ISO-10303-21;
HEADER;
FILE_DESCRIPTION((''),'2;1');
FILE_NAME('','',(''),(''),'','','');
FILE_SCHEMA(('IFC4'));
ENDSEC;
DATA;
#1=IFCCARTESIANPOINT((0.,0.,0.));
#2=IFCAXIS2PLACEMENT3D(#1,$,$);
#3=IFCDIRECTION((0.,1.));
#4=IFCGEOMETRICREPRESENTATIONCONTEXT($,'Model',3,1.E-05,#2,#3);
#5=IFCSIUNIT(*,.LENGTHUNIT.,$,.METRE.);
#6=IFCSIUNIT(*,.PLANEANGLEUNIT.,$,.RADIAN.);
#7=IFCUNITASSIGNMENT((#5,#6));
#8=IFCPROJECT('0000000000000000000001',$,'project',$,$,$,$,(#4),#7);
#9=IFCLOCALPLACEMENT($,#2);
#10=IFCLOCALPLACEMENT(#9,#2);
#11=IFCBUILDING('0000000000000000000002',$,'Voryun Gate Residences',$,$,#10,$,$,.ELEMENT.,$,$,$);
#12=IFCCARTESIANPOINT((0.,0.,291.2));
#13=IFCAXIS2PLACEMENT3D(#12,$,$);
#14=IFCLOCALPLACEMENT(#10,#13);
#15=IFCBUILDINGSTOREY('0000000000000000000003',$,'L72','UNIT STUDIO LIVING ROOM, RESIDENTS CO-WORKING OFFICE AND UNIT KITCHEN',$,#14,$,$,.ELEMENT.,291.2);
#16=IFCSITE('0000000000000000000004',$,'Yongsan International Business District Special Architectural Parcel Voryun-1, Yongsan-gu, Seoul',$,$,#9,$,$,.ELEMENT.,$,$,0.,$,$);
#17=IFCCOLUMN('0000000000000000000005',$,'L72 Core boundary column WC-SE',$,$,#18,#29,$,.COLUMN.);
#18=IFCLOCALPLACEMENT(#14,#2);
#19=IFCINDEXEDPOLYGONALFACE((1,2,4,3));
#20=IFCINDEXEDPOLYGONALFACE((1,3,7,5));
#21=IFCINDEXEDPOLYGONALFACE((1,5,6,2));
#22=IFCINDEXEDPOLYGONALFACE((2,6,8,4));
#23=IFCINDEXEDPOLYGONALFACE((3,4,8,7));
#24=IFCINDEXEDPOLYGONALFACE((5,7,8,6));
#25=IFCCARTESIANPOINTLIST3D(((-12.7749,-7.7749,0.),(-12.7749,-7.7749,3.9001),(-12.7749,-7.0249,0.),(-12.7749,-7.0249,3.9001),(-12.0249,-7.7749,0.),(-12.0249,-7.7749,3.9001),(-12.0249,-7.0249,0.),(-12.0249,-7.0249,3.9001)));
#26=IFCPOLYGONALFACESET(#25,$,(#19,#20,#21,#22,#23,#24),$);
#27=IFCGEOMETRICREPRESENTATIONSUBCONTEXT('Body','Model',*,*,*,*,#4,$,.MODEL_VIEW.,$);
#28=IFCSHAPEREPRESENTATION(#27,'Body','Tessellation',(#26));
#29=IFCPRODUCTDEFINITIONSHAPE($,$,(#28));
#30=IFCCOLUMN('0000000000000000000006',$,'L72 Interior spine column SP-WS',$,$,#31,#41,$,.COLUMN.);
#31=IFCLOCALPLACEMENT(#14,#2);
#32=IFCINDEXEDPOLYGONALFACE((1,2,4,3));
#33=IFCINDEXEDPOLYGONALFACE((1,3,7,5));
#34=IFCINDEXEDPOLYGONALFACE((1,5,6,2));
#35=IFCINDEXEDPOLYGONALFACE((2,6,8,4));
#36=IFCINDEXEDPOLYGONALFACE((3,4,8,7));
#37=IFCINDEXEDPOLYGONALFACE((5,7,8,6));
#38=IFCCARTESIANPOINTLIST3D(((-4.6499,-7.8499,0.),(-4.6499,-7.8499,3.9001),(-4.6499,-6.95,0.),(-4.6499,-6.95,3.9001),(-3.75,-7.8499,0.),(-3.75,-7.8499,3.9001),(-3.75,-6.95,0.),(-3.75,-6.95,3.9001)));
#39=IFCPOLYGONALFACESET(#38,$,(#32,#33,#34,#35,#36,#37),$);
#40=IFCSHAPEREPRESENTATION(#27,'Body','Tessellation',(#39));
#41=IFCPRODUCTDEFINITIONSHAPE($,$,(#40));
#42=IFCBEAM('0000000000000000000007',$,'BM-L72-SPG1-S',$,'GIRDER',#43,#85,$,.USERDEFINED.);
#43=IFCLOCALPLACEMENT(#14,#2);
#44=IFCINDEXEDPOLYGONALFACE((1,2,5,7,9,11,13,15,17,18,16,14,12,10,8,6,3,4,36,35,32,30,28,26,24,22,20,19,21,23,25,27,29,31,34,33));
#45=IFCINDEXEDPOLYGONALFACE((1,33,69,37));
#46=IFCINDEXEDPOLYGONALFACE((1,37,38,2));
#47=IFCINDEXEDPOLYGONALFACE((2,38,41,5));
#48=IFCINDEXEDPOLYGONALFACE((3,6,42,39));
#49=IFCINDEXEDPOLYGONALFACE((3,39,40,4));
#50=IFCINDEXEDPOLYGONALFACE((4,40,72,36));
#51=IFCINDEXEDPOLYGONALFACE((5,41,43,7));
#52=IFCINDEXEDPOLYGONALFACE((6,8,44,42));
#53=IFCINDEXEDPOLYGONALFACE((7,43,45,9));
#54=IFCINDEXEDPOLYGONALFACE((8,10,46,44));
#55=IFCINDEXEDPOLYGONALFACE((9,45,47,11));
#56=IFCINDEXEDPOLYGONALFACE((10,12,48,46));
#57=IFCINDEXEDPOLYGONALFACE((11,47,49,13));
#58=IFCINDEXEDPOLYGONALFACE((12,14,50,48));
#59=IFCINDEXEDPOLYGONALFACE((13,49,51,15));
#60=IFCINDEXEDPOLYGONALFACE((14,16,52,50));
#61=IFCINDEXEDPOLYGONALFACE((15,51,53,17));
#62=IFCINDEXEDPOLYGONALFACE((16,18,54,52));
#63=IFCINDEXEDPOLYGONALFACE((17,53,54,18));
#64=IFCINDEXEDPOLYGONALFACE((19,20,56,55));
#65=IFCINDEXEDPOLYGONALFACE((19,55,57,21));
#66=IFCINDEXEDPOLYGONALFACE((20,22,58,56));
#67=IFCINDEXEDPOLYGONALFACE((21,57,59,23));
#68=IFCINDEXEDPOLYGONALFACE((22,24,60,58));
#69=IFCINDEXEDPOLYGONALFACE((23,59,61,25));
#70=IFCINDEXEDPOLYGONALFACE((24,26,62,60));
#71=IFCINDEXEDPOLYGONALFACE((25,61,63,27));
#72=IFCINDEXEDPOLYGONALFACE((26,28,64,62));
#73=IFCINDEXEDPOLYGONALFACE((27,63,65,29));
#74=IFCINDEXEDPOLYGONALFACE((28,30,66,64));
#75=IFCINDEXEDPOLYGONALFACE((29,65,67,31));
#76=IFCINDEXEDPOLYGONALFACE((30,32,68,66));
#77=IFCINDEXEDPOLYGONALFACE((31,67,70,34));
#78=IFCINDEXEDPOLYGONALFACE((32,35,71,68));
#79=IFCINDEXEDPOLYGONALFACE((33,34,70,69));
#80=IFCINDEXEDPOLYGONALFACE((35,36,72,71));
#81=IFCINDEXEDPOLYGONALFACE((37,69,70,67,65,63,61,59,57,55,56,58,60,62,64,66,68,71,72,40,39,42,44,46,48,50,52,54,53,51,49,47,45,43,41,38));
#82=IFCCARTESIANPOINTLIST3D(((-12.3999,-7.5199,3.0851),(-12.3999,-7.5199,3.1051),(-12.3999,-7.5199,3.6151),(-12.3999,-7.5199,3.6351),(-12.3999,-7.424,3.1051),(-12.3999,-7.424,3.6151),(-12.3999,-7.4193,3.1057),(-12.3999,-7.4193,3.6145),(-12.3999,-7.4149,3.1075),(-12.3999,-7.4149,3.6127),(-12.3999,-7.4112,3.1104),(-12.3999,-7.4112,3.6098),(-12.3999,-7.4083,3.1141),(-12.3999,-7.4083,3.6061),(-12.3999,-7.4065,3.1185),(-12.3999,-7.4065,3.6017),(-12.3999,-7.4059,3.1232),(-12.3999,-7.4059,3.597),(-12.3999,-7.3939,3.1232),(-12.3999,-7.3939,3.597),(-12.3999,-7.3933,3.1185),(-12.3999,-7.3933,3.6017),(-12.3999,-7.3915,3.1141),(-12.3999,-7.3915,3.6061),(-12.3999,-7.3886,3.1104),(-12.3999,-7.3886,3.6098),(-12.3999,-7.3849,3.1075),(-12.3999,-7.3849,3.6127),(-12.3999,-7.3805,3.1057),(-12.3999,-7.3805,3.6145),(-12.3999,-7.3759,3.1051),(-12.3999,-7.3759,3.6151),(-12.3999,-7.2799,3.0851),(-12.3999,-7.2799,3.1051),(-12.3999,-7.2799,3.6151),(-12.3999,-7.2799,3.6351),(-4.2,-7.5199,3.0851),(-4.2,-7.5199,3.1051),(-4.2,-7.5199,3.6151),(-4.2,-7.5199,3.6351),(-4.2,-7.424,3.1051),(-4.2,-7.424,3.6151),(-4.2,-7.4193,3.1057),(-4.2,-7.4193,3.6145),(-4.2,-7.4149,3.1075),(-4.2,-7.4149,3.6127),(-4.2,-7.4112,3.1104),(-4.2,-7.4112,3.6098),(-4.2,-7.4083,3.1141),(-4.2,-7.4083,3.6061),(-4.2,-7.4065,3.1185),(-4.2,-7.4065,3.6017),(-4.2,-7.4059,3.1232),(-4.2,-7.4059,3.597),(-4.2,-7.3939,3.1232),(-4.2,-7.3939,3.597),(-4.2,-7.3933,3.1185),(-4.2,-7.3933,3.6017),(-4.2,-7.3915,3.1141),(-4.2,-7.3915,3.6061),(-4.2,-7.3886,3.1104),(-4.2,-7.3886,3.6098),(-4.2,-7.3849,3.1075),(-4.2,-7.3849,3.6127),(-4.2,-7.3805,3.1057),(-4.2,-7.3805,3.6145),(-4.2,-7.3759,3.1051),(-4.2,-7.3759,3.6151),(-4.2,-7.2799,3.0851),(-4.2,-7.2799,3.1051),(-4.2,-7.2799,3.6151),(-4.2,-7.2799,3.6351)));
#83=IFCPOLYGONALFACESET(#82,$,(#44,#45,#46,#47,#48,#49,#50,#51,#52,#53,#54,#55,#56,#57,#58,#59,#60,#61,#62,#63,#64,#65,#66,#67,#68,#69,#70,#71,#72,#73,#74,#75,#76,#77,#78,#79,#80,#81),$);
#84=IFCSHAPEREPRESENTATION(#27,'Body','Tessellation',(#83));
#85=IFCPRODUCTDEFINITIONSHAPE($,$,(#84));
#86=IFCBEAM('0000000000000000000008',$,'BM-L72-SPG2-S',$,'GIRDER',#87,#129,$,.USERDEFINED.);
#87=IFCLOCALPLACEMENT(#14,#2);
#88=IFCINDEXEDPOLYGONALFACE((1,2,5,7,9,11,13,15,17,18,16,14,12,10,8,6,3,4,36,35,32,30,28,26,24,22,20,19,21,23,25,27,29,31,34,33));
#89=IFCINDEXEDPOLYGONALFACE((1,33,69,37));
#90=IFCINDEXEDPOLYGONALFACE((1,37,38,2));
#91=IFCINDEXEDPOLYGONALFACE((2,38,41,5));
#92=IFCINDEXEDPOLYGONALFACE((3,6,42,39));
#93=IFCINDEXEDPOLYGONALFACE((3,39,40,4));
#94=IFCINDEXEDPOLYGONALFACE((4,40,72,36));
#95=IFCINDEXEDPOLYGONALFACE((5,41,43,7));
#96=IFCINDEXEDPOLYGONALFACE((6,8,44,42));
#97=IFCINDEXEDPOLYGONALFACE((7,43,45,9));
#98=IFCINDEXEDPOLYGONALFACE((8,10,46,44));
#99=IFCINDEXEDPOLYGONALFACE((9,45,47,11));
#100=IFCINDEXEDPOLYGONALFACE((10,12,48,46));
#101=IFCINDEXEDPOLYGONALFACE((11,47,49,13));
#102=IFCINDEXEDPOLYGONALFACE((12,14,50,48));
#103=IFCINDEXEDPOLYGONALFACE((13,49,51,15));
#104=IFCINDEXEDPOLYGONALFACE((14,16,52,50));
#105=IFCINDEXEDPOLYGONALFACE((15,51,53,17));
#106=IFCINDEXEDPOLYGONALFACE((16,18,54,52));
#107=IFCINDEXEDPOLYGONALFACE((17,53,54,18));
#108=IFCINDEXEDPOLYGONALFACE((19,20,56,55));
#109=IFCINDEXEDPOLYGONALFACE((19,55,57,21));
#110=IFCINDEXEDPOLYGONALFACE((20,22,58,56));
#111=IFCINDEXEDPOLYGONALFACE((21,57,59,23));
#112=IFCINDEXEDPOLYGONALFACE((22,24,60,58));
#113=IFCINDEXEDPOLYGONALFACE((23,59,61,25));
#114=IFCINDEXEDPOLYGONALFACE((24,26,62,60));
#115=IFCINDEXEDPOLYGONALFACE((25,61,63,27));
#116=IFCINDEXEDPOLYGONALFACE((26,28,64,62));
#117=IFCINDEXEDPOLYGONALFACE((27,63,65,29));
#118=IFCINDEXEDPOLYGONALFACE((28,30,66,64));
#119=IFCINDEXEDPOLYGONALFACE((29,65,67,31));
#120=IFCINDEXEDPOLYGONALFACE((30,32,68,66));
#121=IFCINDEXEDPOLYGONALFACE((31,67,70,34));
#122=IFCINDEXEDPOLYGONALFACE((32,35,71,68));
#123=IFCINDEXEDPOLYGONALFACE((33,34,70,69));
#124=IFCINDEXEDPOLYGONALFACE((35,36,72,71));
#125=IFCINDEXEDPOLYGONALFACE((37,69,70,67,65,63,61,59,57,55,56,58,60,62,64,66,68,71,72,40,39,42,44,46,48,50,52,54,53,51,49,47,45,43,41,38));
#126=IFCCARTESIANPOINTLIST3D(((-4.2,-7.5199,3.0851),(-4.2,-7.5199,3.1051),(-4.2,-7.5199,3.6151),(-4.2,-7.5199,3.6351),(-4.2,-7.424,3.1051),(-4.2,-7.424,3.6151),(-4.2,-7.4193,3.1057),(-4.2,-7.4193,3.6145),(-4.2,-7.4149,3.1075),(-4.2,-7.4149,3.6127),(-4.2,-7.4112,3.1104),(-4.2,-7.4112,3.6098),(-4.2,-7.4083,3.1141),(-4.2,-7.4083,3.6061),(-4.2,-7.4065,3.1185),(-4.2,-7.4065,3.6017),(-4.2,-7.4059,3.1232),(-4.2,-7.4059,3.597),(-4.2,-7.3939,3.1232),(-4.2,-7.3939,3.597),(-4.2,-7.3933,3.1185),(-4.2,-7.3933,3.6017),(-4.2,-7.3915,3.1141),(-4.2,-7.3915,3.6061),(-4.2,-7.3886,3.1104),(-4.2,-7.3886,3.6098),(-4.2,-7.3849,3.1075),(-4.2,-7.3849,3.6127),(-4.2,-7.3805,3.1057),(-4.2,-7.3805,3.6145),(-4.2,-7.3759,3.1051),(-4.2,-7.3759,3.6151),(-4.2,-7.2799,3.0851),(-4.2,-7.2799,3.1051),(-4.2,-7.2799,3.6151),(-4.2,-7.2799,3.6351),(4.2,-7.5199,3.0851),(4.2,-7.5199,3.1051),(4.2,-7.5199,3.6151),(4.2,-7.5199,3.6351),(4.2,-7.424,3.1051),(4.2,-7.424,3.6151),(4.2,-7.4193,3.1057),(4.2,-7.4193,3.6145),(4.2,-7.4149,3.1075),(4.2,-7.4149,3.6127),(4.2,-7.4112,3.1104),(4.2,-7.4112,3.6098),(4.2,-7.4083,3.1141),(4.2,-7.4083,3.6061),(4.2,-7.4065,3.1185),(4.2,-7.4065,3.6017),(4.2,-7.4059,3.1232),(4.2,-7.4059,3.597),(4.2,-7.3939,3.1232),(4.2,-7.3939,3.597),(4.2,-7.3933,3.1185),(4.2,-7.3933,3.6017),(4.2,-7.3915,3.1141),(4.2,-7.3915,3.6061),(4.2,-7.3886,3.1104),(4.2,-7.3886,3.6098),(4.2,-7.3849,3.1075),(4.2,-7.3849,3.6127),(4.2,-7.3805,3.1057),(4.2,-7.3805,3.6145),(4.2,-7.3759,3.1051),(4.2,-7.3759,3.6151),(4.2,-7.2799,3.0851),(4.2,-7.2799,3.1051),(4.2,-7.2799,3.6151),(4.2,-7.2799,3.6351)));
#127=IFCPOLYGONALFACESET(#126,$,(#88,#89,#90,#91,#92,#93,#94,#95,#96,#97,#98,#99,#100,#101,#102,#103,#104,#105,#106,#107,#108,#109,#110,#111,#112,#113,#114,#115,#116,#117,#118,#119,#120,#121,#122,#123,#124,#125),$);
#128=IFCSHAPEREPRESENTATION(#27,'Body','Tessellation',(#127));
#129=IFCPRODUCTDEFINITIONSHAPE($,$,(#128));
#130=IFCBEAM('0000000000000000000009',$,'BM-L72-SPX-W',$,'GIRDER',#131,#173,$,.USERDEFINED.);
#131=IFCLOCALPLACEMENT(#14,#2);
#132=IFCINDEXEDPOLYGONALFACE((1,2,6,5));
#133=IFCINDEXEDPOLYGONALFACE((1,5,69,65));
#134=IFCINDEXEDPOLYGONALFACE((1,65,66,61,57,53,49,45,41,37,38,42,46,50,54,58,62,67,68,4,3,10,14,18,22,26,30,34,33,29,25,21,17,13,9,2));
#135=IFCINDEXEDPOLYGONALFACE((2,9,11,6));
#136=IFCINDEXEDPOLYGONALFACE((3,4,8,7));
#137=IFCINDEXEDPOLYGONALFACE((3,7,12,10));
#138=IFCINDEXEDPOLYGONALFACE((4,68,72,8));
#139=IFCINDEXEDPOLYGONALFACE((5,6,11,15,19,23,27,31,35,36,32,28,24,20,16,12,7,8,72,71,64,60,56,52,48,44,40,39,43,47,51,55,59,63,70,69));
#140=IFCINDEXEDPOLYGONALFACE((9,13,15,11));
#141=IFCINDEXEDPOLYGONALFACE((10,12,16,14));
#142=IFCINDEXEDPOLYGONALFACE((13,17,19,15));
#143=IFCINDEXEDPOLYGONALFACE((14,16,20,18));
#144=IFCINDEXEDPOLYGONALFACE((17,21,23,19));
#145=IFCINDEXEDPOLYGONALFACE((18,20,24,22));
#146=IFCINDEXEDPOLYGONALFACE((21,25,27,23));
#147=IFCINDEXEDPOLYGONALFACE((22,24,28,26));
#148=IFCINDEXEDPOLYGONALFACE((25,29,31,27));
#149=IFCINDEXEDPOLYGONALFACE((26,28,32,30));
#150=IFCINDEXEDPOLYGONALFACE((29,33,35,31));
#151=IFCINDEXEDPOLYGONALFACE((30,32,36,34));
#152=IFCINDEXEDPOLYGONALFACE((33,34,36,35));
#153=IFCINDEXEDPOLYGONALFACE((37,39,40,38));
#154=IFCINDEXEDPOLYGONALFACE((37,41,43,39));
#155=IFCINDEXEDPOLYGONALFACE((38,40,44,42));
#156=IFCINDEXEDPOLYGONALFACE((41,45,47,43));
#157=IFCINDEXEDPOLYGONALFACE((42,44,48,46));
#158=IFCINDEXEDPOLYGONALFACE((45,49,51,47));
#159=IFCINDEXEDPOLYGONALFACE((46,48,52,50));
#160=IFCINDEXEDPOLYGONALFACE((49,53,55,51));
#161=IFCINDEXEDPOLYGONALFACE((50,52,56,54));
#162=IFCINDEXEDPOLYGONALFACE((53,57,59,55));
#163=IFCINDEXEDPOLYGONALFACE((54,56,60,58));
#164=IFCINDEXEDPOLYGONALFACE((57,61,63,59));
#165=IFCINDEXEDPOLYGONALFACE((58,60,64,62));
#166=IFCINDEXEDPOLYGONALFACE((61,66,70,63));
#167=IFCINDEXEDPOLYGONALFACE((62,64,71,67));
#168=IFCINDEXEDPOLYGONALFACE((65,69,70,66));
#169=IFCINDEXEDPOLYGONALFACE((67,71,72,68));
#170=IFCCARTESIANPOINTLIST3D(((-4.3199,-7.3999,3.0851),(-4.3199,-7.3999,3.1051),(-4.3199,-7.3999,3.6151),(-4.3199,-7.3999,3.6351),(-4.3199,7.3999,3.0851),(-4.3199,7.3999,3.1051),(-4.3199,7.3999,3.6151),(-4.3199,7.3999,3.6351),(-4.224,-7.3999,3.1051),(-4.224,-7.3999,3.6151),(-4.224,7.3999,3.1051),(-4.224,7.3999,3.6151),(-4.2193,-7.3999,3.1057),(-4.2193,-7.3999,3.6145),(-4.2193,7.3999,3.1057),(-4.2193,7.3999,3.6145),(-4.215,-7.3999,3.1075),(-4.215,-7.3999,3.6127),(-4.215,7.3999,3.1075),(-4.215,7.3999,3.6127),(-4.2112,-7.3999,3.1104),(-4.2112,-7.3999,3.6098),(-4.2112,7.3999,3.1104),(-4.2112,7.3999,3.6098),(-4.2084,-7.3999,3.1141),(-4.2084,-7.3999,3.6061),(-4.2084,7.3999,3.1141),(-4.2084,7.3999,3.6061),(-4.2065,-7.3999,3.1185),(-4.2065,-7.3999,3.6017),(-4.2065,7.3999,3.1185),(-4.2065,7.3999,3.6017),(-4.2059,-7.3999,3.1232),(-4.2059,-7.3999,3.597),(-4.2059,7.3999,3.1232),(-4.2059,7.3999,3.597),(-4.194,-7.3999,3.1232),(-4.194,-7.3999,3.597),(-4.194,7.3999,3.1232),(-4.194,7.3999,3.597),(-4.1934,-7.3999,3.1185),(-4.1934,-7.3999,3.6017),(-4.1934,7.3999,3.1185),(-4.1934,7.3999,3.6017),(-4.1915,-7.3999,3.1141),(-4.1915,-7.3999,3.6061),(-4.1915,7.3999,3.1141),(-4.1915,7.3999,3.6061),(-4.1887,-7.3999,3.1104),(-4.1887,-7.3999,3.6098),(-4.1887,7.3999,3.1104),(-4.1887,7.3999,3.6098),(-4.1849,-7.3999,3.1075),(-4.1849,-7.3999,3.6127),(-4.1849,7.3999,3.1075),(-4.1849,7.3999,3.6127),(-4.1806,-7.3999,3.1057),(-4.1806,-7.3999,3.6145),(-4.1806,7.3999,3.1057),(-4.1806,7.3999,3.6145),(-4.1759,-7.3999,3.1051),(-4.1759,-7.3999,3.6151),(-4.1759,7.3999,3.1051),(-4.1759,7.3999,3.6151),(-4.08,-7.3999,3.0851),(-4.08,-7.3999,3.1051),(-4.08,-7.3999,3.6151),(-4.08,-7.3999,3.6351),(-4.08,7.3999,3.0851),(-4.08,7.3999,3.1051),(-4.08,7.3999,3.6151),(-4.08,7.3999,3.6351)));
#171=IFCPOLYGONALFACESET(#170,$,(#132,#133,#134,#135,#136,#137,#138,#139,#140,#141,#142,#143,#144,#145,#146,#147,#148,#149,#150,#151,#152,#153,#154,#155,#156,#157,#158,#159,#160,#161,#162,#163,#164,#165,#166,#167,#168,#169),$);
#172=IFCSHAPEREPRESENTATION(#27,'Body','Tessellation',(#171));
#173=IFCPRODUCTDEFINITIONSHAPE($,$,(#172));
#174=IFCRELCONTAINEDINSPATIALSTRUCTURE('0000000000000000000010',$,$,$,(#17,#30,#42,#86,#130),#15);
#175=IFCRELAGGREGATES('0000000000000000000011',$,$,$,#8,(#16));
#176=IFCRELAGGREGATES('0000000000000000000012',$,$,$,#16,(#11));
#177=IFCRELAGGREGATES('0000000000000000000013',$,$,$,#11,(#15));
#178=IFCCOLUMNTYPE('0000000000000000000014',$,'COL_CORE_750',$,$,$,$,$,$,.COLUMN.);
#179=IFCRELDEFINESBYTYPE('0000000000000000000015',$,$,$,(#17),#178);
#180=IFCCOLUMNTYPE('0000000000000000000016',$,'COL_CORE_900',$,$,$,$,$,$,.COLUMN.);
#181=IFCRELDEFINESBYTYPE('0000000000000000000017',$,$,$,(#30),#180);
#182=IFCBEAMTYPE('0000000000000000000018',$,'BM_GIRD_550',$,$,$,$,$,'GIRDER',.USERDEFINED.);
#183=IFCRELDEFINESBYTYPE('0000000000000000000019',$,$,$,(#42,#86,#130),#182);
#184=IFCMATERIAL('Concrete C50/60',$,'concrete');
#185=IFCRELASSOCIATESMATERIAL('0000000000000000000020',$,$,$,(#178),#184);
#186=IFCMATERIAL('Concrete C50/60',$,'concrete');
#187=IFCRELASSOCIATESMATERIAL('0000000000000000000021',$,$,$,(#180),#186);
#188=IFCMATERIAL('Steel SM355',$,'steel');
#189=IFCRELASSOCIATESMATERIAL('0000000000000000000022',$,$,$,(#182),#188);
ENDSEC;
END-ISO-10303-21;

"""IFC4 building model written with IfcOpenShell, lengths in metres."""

from ifc_helpers import new_model, si_unit, direction, frame, origin, origin_2d, place, context, subcontext, project, spatial, rectangle, i_section, extrude, material, material_profile, profile_set, type_object, element, save


model = new_model("IFC4")

# Units and contexts
model_context = context("Model", 3, precision=1e-05, world=origin(), true_north=direction((0.0, 1.0)))
body_context = subcontext(model_context, "Body", "Model", "MODEL_VIEW")
ifc_project = project(units=[si_unit("LENGTHUNIT", "METRE"), si_unit("PLANEANGLEUNIT", "RADIAN")], contexts=[model_context])

# Site, building, storey
site_placement = place(None, origin())
site = spatial("IfcSite", under=ifc_project, at=site_placement, Name="Yongsan International Business District Special Architectural Parcel Voryun-1, Yongsan-gu, Seoul", CompositionType="ELEMENT", RefElevation=0.0)
building_placement = place(site_placement, origin())
building = spatial("IfcBuilding", under=site, at=building_placement, Name="Voryun Gate Residences", CompositionType="ELEMENT")
storey_placement = place(building_placement, frame((0.0, 0.0, 291.2)))
storey = spatial("IfcBuildingStorey", under=building, at=storey_placement, Name="L72", Description="UNIT STUDIO LIVING ROOM, RESIDENTS CO-WORKING OFFICE AND UNIT KITCHEN", CompositionType="ELEMENT", Elevation=291.2)

# Columns
ifc_material_1 = material(Name="Concrete C50/60", Category="concrete")
ifc_material_profile_1 = material_profile(ifc_material_1, rectangle(XDim=0.75, YDim=0.75, at=origin_2d()), Name="RC-750x750")
ifc_profile_set_1 = profile_set([ifc_material_profile_1], Name="Concrete C50/60")
column_type_1 = type_object("IfcColumnType", Name="COL_CORE_750", PredefinedType="COLUMN", material=ifc_profile_set_1)
column_1_placement = place(storey_placement, frame((-12.3999, -7.3999, 0.0), z_axis=(0.0, 0.0, 1.0), x_axis=(1.0, 0.0, 0.0)))
element("IfcColumn", 1, at=column_1_placement, inside=storey, type_object=column_type_1, Name="L72 Core boundary column WC-SE", PredefinedType="COLUMN", context=body_context, shape_type="SweptSolid", body=[
    extrude(rectangle(XDim=0.75, YDim=0.75, at=origin_2d()), origin(), (0.0, 0.0, 1.0), 3.9001),
])
ifc_material_2 = material(Name="Concrete C50/60", Category="concrete")
ifc_material_profile_2 = material_profile(ifc_material_2, rectangle(XDim=0.8999, YDim=0.8999, at=origin_2d()), Name="RC-900x900")
ifc_profile_set_2 = profile_set([ifc_material_profile_2], Name="Concrete C50/60")
column_type_2 = type_object("IfcColumnType", Name="COL_CORE_900", PredefinedType="COLUMN", material=ifc_profile_set_2)
column_2_placement = place(storey_placement, frame((-4.2, -7.3999, 0.0), z_axis=(0.0, 0.0, 1.0), x_axis=(1.0, 0.0, 0.0)))
element("IfcColumn", 2, at=column_2_placement, inside=storey, type_object=column_type_2, Name="L72 Interior spine column SP-WS", PredefinedType="COLUMN", context=body_context, shape_type="SweptSolid", body=[
    extrude(rectangle(XDim=0.8999, YDim=0.8999, at=origin_2d()), origin(), (0.0, 0.0, 1.0), 3.9001),
])

# Beams
ifc_material_3 = material(Name="Steel SM355", Category="steel")
ifc_material_profile_3 = material_profile(ifc_material_3, i_section(OverallWidth=0.24, OverallDepth=0.55, WebThickness=0.012, FlangeThickness=0.02, FilletRadius=0.0181, at=origin_2d()), Name="H-550x240x12x20")
ifc_profile_set_3 = profile_set([ifc_material_profile_3], Name="Steel SM355")
beam_type_1 = type_object("IfcBeamType", Name="BM_GIRD_550", ElementType="GIRDER", PredefinedType="USERDEFINED", material=ifc_profile_set_3)
beam_1_placement = place(storey_placement, frame((-12.3999, -7.3999, 3.3601), z_axis=(1.0, 0.0, 0.0), x_axis=(0.0, 1.0, 0.0)))
element("IfcBeam", 3, at=beam_1_placement, inside=storey, type_object=beam_type_1, Name="BM-L72-SPG1-S", ObjectType="GIRDER", PredefinedType="USERDEFINED", context=body_context, shape_type="SweptSolid", body=[
    extrude(i_section(OverallWidth=0.24, OverallDepth=0.55, WebThickness=0.012, FlangeThickness=0.02, FilletRadius=0.0181, at=origin_2d()), origin(), (0.0, 0.0, 1.0), 8.2),
])
beam_2_placement = place(storey_placement, frame((-4.2, -7.3999, 3.3601), z_axis=(1.0, 0.0, 0.0), x_axis=(0.0, 1.0, 0.0)))
element("IfcBeam", 4, at=beam_2_placement, inside=storey, type_object=beam_type_1, Name="BM-L72-SPG2-S", ObjectType="GIRDER", PredefinedType="USERDEFINED", context=body_context, shape_type="SweptSolid", body=[
    extrude(i_section(OverallWidth=0.24, OverallDepth=0.55, WebThickness=0.012, FlangeThickness=0.02, FilletRadius=0.0181, at=origin_2d()), origin(), (0.0, 0.0, 1.0), 8.3999),
])
beam_3_placement = place(storey_placement, frame((-4.2, -7.3999, 3.3601), z_axis=(0.0, 1.0, 0.0), x_axis=(-1.0, 0.0, 0.0)))
element("IfcBeam", 5, at=beam_3_placement, inside=storey, type_object=beam_type_1, Name="BM-L72-SPX-W", ObjectType="GIRDER", PredefinedType="USERDEFINED", context=body_context, shape_type="SweptSolid", body=[
    extrude(i_section(OverallWidth=0.24, OverallDepth=0.55, WebThickness=0.012, FlangeThickness=0.02, FilletRadius=0.0181, at=origin_2d()), origin(), (0.0, 0.0, 1.0), 14.7998),
])

save(model, "model.ifc")
